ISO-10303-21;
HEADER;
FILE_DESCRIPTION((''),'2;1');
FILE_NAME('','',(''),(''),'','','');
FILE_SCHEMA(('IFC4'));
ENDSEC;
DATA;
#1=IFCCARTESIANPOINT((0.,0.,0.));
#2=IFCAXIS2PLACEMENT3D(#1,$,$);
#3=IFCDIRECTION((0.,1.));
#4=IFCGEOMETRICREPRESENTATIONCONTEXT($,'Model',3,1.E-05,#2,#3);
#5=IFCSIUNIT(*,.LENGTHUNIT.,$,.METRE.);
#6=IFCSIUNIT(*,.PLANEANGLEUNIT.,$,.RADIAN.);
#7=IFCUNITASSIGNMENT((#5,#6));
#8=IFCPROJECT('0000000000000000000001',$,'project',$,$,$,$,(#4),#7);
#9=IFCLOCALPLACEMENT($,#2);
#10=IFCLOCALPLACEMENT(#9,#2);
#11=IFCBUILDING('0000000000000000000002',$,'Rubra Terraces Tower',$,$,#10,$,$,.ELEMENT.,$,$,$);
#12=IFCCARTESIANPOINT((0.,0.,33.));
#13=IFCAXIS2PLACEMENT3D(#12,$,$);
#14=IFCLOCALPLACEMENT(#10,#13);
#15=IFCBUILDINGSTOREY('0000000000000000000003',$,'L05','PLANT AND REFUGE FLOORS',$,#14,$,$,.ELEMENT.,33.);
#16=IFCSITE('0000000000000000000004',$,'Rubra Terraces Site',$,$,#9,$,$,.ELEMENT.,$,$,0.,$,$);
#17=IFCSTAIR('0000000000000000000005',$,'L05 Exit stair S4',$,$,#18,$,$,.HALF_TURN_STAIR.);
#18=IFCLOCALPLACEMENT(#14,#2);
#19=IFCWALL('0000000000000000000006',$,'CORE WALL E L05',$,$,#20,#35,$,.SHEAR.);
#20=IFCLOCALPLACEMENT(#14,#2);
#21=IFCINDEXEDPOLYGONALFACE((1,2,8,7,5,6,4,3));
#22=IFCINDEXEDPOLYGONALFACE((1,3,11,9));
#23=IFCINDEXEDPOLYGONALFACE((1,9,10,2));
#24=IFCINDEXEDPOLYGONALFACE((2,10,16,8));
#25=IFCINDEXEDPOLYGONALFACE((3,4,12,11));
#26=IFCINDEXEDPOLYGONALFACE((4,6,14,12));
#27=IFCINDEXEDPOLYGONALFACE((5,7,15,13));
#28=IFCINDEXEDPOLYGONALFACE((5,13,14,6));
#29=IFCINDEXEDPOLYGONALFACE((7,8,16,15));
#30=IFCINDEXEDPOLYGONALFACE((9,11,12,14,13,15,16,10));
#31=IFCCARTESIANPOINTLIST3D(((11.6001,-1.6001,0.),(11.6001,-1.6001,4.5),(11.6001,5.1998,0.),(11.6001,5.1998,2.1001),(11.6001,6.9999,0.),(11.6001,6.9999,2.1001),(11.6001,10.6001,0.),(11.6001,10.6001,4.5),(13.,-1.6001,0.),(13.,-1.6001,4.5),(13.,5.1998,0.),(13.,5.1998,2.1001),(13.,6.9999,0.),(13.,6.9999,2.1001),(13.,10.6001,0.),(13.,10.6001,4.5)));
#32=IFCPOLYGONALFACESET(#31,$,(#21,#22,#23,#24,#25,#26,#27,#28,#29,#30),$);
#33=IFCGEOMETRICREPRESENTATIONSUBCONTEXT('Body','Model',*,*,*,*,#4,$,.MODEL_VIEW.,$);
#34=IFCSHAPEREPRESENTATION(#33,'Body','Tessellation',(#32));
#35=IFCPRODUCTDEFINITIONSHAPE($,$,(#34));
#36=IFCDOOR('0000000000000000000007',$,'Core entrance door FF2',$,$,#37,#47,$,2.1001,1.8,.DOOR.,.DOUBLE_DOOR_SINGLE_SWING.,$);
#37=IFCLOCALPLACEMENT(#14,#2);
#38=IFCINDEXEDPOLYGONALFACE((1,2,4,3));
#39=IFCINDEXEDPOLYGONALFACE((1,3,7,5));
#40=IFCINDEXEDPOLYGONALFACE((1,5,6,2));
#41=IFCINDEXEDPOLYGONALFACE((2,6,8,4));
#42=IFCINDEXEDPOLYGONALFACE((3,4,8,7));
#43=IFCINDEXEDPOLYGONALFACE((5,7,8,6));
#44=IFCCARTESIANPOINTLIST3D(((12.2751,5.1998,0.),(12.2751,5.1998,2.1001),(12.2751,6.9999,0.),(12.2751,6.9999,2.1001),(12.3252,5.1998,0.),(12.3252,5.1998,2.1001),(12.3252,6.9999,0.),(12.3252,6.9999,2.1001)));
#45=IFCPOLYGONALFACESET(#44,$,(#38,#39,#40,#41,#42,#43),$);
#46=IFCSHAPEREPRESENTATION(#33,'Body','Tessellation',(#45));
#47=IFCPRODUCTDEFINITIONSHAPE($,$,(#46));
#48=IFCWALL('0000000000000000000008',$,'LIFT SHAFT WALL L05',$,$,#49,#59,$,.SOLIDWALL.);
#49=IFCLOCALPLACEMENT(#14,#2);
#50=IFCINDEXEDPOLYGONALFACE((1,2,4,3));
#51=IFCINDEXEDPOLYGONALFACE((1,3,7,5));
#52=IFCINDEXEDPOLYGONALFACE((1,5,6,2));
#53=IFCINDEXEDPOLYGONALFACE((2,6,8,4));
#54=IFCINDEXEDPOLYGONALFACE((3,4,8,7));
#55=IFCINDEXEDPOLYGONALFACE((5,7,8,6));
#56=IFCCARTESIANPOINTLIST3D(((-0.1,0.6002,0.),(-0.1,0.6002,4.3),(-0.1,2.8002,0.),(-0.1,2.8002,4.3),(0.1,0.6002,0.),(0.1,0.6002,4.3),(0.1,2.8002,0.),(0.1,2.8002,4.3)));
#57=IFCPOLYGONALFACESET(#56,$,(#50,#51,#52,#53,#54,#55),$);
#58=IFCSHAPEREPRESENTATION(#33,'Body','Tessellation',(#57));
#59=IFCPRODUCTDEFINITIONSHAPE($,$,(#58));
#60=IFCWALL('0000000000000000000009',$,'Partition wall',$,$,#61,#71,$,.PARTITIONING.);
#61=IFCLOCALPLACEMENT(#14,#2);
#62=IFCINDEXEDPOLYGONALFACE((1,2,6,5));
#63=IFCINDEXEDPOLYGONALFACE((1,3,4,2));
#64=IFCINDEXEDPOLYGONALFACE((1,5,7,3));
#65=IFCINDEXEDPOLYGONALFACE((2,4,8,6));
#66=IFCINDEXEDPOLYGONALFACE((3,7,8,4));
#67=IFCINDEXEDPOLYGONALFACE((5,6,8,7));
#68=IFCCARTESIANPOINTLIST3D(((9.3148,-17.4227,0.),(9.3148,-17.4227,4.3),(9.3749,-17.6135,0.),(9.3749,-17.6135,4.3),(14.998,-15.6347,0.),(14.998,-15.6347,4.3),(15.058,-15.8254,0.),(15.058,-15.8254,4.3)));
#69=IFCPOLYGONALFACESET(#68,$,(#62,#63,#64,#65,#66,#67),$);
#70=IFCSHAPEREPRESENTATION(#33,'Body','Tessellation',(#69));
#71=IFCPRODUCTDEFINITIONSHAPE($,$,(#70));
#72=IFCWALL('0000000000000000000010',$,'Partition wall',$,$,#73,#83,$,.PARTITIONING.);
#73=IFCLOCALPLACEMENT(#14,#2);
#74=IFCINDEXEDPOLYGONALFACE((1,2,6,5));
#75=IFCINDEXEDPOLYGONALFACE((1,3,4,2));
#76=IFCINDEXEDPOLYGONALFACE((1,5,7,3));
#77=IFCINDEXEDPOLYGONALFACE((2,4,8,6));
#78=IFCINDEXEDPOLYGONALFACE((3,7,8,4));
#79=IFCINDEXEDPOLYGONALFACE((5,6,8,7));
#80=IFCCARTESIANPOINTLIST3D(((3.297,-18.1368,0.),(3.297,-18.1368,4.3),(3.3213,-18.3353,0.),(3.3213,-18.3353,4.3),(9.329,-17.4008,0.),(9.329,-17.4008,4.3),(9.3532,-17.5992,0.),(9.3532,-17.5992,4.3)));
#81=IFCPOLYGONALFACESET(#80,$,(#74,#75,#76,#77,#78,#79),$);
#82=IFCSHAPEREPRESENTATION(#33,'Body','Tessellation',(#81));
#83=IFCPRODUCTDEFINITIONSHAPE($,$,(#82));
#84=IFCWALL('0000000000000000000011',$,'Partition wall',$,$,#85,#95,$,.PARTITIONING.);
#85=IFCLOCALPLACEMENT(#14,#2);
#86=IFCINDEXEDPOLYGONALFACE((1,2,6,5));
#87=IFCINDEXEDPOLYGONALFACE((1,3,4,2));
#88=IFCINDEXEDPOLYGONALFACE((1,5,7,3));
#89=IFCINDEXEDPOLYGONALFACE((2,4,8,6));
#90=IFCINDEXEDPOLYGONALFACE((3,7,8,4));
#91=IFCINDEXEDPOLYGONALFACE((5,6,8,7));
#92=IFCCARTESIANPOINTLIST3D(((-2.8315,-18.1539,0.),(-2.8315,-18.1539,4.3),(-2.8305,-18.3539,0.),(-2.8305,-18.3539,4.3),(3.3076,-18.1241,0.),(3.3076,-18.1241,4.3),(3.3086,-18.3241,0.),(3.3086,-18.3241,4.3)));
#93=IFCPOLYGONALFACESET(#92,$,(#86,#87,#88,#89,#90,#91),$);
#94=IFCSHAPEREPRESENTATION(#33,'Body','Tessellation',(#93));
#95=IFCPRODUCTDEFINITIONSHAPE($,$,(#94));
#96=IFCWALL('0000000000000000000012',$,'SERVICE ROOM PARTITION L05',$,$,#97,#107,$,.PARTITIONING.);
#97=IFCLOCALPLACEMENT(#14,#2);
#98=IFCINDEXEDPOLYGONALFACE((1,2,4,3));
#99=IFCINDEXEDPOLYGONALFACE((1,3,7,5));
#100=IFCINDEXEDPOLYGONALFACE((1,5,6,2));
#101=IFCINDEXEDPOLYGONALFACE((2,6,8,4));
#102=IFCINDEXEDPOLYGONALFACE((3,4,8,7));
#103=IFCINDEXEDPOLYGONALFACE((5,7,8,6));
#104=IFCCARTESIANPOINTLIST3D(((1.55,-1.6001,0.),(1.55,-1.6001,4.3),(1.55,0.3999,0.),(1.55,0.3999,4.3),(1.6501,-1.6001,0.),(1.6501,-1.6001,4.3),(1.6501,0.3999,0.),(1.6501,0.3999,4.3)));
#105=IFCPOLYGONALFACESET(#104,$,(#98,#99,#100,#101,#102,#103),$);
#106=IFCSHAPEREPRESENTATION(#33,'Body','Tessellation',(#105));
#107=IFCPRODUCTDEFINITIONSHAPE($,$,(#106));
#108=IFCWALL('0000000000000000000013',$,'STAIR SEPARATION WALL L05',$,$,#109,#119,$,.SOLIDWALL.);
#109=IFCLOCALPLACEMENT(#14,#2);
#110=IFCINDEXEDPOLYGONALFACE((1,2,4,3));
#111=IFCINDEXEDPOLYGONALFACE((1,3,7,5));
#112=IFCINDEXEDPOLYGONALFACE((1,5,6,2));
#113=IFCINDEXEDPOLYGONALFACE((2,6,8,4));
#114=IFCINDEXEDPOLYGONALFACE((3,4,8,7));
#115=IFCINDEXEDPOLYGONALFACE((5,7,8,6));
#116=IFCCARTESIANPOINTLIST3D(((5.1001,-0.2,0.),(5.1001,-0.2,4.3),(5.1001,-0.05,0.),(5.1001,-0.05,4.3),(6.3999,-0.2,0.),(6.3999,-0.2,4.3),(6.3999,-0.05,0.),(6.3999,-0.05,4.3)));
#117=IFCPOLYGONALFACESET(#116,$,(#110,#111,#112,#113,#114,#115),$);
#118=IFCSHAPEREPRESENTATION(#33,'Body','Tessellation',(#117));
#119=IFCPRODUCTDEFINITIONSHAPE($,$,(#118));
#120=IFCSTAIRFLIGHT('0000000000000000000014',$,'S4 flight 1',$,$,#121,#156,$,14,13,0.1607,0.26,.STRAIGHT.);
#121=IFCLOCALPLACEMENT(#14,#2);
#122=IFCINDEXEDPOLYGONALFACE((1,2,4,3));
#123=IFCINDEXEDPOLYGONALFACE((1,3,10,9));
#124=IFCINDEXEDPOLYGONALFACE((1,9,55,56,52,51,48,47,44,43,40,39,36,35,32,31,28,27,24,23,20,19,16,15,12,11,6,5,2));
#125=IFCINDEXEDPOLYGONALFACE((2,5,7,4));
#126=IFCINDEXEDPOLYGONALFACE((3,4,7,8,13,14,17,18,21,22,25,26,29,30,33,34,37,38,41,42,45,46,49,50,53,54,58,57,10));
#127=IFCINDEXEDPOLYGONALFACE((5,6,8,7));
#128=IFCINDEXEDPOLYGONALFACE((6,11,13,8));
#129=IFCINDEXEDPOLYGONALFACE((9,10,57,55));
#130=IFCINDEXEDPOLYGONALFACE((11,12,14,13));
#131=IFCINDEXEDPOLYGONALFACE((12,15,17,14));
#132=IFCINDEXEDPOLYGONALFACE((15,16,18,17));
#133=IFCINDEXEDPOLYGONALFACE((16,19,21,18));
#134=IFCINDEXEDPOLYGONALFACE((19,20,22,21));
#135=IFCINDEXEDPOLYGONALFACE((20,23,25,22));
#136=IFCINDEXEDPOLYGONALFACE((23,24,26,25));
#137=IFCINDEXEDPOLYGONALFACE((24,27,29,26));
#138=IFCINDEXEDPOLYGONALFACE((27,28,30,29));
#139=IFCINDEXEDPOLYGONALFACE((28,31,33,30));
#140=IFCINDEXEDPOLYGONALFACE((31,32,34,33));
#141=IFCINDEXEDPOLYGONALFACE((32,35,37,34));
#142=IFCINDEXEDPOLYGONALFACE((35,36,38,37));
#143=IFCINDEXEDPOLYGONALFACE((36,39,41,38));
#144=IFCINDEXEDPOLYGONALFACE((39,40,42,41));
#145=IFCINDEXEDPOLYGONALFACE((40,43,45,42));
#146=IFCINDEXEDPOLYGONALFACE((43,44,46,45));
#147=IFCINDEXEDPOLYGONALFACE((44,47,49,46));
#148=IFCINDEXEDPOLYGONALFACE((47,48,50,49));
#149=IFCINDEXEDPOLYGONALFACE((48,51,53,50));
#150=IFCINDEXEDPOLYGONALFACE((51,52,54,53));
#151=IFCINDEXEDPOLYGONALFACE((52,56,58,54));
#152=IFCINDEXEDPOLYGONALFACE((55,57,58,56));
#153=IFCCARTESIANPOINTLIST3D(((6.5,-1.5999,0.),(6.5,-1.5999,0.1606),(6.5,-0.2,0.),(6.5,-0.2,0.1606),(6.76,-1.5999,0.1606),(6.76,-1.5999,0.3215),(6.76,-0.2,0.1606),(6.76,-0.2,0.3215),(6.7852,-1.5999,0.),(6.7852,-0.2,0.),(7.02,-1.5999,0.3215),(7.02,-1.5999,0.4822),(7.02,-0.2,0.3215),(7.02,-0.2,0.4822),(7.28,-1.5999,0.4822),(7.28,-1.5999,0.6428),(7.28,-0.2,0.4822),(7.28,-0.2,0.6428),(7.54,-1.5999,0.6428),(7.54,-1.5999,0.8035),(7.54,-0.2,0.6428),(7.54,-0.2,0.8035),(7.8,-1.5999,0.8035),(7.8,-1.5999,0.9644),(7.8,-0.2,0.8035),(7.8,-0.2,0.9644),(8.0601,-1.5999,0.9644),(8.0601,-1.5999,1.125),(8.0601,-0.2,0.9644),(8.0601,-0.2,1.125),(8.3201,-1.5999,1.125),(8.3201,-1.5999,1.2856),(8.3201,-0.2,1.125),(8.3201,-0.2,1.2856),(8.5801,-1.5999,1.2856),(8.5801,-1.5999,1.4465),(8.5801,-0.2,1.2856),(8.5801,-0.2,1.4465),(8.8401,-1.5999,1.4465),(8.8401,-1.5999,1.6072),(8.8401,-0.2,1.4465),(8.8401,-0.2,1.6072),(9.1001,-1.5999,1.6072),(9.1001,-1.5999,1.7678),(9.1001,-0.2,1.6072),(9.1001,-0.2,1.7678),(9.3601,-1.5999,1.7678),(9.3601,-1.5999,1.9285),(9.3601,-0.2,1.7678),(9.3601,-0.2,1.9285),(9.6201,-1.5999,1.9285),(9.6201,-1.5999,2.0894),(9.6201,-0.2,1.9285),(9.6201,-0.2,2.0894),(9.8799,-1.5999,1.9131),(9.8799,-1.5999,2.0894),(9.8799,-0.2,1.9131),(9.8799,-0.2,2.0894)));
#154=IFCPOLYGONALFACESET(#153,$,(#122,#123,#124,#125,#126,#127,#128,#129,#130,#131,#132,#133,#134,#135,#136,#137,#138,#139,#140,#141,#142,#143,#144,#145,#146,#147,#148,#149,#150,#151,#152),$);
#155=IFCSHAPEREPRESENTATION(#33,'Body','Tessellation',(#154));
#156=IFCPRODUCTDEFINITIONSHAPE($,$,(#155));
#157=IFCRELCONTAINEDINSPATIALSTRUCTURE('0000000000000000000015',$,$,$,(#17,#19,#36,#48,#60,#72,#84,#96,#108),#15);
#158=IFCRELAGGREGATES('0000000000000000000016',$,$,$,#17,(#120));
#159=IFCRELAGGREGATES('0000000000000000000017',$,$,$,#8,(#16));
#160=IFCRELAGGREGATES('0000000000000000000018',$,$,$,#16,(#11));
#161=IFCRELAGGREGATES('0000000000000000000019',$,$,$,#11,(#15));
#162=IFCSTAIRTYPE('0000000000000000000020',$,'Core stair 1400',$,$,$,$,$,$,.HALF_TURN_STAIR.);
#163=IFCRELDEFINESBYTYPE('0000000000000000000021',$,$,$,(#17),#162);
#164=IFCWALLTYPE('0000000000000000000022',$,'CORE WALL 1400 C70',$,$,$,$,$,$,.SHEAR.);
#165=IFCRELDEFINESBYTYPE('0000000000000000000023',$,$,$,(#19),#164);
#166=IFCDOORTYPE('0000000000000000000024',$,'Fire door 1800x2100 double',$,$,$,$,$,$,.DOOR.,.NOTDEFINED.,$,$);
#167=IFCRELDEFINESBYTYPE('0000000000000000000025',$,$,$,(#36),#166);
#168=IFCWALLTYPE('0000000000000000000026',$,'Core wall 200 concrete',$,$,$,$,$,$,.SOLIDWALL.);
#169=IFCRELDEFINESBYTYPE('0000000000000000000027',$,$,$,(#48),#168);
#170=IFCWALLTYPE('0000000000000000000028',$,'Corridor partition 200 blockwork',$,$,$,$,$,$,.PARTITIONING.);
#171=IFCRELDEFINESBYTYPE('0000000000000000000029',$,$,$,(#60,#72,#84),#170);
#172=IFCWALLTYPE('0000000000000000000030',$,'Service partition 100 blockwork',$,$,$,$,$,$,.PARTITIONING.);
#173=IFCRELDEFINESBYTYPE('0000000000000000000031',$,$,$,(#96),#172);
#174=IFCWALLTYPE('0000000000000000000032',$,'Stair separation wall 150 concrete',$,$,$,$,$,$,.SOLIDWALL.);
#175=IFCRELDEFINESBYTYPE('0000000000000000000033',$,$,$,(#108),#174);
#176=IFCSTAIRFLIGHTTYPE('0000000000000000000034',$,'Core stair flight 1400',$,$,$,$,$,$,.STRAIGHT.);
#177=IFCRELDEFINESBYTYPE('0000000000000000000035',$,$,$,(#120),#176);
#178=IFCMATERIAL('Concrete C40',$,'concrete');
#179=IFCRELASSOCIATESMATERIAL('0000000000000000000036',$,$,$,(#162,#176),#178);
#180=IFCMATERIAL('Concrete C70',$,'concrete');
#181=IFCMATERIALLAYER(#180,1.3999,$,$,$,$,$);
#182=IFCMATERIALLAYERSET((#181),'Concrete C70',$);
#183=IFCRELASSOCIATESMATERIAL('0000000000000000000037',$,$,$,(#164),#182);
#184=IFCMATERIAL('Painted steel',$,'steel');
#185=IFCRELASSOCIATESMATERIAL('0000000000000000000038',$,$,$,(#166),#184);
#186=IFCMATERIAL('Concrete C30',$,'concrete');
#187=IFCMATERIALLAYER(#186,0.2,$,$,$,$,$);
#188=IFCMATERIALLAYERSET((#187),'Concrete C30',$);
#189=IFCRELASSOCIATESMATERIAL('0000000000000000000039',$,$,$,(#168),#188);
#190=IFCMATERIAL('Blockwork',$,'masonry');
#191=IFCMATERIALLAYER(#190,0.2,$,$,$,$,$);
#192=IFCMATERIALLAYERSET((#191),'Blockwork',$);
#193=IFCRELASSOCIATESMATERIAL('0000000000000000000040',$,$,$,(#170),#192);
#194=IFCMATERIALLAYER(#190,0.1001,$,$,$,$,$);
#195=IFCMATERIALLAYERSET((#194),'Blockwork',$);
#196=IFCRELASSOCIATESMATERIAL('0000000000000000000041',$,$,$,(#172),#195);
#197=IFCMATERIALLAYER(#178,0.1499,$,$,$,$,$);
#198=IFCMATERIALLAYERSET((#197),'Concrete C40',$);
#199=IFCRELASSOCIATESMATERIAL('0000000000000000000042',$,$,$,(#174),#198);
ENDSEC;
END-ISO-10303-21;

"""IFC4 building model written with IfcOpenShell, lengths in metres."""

from ifc_helpers import new_model, si_unit, direction, frame, frame_2d, origin, place, context, subcontext, project, spatial, polyline, rectangle, outline, extrude, material, layer, layer_set, type_object, element, fill, aggregate, save


model = new_model("IFC4")

# Units and contexts
model_context = context("Model", 3, precision=1e-05, world=origin(), true_north=direction((0.0, 1.0)))
body_context = subcontext(model_context, "Body", "Model", "MODEL_VIEW")
ifc_project = project(units=[si_unit("LENGTHUNIT", "METRE"), si_unit("PLANEANGLEUNIT", "RADIAN")], contexts=[model_context])

# Site, building, storey
site_placement = place(None, origin())
site = spatial("IfcSite", under=ifc_project, at=site_placement, Name="Rubra Terraces Site", CompositionType="ELEMENT", RefElevation=0.0)
building_placement = place(site_placement, origin())
building = spatial("IfcBuilding", under=site, at=building_placement, Name="Rubra Terraces Tower", CompositionType="ELEMENT")
storey_placement = place(building_placement, frame((0.0, 0.0, 33.0)))
storey = spatial("IfcBuildingStorey", under=building, at=storey_placement, Name="L05", Description="PLANT AND REFUGE FLOORS", CompositionType="ELEMENT", Elevation=33.0)

# Shared definitions
ifc_material_1 = material(Name="Concrete C40", Category="concrete")

# Stair
stair_type = type_object("IfcStairType", Name="Core stair 1400", PredefinedType="HALF_TURN_STAIR", material=ifc_material_1)
stair_1_placement = place(storey_placement, origin())
stair_1 = element("IfcStair", 1, at=stair_1_placement, inside=storey, type_object=stair_type, Name="L05 Exit stair S4", PredefinedType="HALF_TURN_STAIR")

# Wall, opening, door
ifc_material_2 = material(Name="Concrete C70", Category="concrete")
ifc_layer_1 = layer(ifc_material_2, 1.3999)
ifc_layer_set_1 = layer_set([ifc_layer_1], Name="Concrete C70")
wall_type_1 = type_object("IfcWallType", Name="CORE WALL 1400 C70", PredefinedType="SHEAR", material=ifc_layer_set_1)
wall_1_placement = place(storey_placement, frame((12.3, -1.6001, 0.0), z_axis=(0.0, 0.0, 1.0), x_axis=(0.0, 1.0, 0.0)))
wall_1 = element("IfcWall", 2, at=wall_1_placement, inside=storey, type_object=wall_type_1, Name="CORE WALL E L05", PredefinedType="SHEAR", context=body_context, shape_type="SweptSolid", body=[
    extrude(rectangle(XDim=12.2002, YDim=1.3999, at=frame_2d((6.1001, 0.0))), origin(), (0.0, 0.0, 1.0), 4.5),
])
opening_placement = place(wall_1_placement, frame((6.8, 0.0, 0.0)))
opening = element("IfcOpeningElement", 3, at=opening_placement, cuts=wall_1, PredefinedType="OPENING", context=body_context, shape_type="SweptSolid", body=[
    extrude(rectangle(XDim=1.8, YDim=2.1001, at=frame_2d((0.8999, 1.05))), frame((0.0, 0.71, 0.0), z_axis=(0.0, -1.0, 0.0), x_axis=(1.0, 0.0, 0.0)), (0.0, 0.0, 1.0), 1.4199),
])
ifc_material_3 = material(Name="Painted steel", Category="steel")
door_type = type_object("IfcDoorType", Name="Fire door 1800x2100 double", OperationType="NOTDEFINED", PredefinedType="DOOR", material=ifc_material_3)
door_placement = place(opening_placement, origin())
door = element("IfcDoor", 4, at=door_placement, inside=storey, type_object=door_type, Name="Core entrance door FF2", OperationType="DOUBLE_DOOR_SINGLE_SWING", OverallHeight=2.1001, OverallWidth=1.8, PredefinedType="DOOR", context=body_context, shape_type="SweptSolid", body=[
    extrude(rectangle(XDim=1.8, YDim=2.1001, at=frame_2d((0.8999, 1.05))), frame((0.0, 0.0249, 0.0), z_axis=(0.0, -1.0, 0.0), x_axis=(1.0, 0.0, 0.0)), (0.0, 0.0, 1.0), 0.05),
])
fill(opening, door)

# Walls
ifc_material_4 = material(Name="Concrete C30", Category="concrete")
ifc_layer_2 = layer(ifc_material_4, 0.2)
ifc_layer_set_2 = layer_set([ifc_layer_2], Name="Concrete C30")
wall_type_2 = type_object("IfcWallType", Name="Core wall 200 concrete", PredefinedType="SOLIDWALL", material=ifc_layer_set_2)
wall_2_placement = place(storey_placement, frame((0.0, 0.6001, 0.0), z_axis=(0.0, 0.0, 1.0), x_axis=(0.0, 1.0, 0.0)))
element("IfcWall", 5, at=wall_2_placement, inside=storey, type_object=wall_type_2, Name="LIFT SHAFT WALL L05", PredefinedType="SOLIDWALL", context=body_context, shape_type="SweptSolid", body=[
    extrude(rectangle(XDim=2.2, YDim=0.2, at=frame_2d((1.1001, 0.0))), origin(), (0.0, 0.0, 1.0), 4.3),
])
ifc_material_5 = material(Name="Blockwork", Category="masonry")
ifc_layer_3 = layer(ifc_material_5, 0.2)
ifc_layer_set_3 = layer_set([ifc_layer_3], Name="Blockwork")
wall_type_3 = type_object("IfcWallType", Name="Corridor partition 200 blockwork", PredefinedType="PARTITIONING", material=ifc_layer_set_3)
wall_3_placement = place(storey_placement, frame((15.0281, -15.73, 0.0), z_axis=(0.0, 0.0, 1.0), x_axis=(-0.953899, -0.300127, 0.0)))
element("IfcWall", 6, at=wall_3_placement, inside=storey, type_object=wall_type_3, Name="Partition wall", PredefinedType="PARTITIONING", context=body_context, shape_type="SweptSolid", body=[
    extrude(rectangle(XDim=5.9578, YDim=0.2, at=frame_2d((2.979, 0.0))), origin(), (0.0, 0.0, 1.0), 4.3),
])
wall_4_placement = place(storey_placement, frame((9.3411, -17.5, 0.0), z_axis=(0.0, 0.0, 1.0), x_axis=(-0.992636, -0.121132, 0.0)))
element("IfcWall", 7, at=wall_4_placement, inside=storey, type_object=wall_type_3, Name="Partition wall", PredefinedType="PARTITIONING", context=body_context, shape_type="SweptSolid", body=[
    extrude(rectangle(XDim=6.0767, YDim=0.2, at=frame_2d((3.0383, 0.0))), origin(), (0.0, 0.0, 1.0), 4.3),
])
wall_5_placement = place(storey_placement, frame((3.3081, -18.2241, 0.0), z_axis=(0.0, 0.0, 1.0), x_axis=(-0.999988, -0.004852, 0.0)))
element("IfcWall", 8, at=wall_5_placement, inside=storey, type_object=wall_type_3, Name="Partition wall", PredefinedType="PARTITIONING", context=body_context, shape_type="SweptSolid", body=[
    extrude(rectangle(XDim=6.1392, YDim=0.2, at=frame_2d((3.0696, 0.0))), origin(), (0.0, 0.0, 1.0), 4.3),
])
ifc_layer_4 = layer(ifc_material_5, 0.1001)
ifc_layer_set_4 = layer_set([ifc_layer_4], Name="Blockwork")
wall_type_4 = type_object("IfcWallType", Name="Service partition 100 blockwork", PredefinedType="PARTITIONING", material=ifc_layer_set_4)
wall_6_placement = place(storey_placement, frame((1.6001, -1.6001, 0.0), z_axis=(0.0, 0.0, 1.0), x_axis=(0.0, 1.0, 0.0)))
element("IfcWall", 9, at=wall_6_placement, inside=storey, type_object=wall_type_4, Name="SERVICE ROOM PARTITION L05", PredefinedType="PARTITIONING", context=body_context, shape_type="SweptSolid", body=[
    extrude(rectangle(XDim=2.0, YDim=0.1001, at=frame_2d((1.0, 0.0))), origin(), (0.0, 0.0, 1.0), 4.3),
])
ifc_layer_5 = layer(ifc_material_1, 0.1499)
ifc_layer_set_5 = layer_set([ifc_layer_5], Name="Concrete C40")
wall_type_5 = type_object("IfcWallType", Name="Stair separation wall 150 concrete", PredefinedType="SOLIDWALL", material=ifc_layer_set_5)
wall_7_placement = place(storey_placement, frame((6.3999, -0.125, 0.0), z_axis=(0.0, 0.0, 1.0), x_axis=(-1.0, 0.0, 0.0)))
element("IfcWall", 10, at=wall_7_placement, inside=storey, type_object=wall_type_5, Name="STAIR SEPARATION WALL L05", PredefinedType="SOLIDWALL", context=body_context, shape_type="SweptSolid", body=[
    extrude(rectangle(XDim=1.2998, YDim=0.1499, at=frame_2d((0.6499, 0.0))), origin(), (0.0, 0.0, 1.0), 4.3),
])

# Stair flight
stair_flight_type = type_object("IfcStairFlightType", Name="Core stair flight 1400", PredefinedType="STRAIGHT", material=ifc_material_1)
stair_flight_placement = place(storey_placement, frame((6.5, -0.8999, 0.0), z_axis=(0.0, 0.0, 1.0), x_axis=(1.0, 0.0, 0.0)))
stair_flight = element("IfcStairFlight", 11, at=stair_flight_placement, type_object=stair_flight_type, Name="S4 flight 1", NumberOfRisers=14, NumberOfTreads=13, PredefinedType="STRAIGHT", RiserHeight=0.1607, TreadLength=0.26, context=body_context, shape_type="SweptSolid", body=[
    extrude(outline(polyline([(0.0, 0.0), (0.0, 0.1606), (0.26, 0.1606), (0.26, 0.3215), (0.52, 0.3215), (0.52, 0.4822), (0.78, 0.4822), (0.78, 0.6428), (1.04, 0.6428), (1.04, 0.8035), (1.3, 0.8035), (1.3, 0.9644), (1.5601, 0.9644), (1.5601, 1.125), (1.8201, 1.125), (1.8201, 1.2856), (2.0801, 1.2856), (2.0801, 1.4465), (2.3401, 1.4465), (2.3401, 1.6072), (2.6001, 1.6072), (2.6001, 1.7678), (2.8601, 1.7678), (2.8601, 1.9285), (3.1201, 1.9285), (3.1201, 2.0894), (3.3799, 2.0894), (3.3799, 2.25), (3.3799, 1.9131), (0.2852, 0.0), (0.0, 0.0)])), frame((0.0, 0.7, 0.0), z_axis=(0.0, -1.0, 0.0), x_axis=(1.0, 0.0, 0.0)), (0.0, 0.0, 1.0), 1.3999),
])
aggregate(stair_1, [stair_flight])

save(model, "model.ifc")
